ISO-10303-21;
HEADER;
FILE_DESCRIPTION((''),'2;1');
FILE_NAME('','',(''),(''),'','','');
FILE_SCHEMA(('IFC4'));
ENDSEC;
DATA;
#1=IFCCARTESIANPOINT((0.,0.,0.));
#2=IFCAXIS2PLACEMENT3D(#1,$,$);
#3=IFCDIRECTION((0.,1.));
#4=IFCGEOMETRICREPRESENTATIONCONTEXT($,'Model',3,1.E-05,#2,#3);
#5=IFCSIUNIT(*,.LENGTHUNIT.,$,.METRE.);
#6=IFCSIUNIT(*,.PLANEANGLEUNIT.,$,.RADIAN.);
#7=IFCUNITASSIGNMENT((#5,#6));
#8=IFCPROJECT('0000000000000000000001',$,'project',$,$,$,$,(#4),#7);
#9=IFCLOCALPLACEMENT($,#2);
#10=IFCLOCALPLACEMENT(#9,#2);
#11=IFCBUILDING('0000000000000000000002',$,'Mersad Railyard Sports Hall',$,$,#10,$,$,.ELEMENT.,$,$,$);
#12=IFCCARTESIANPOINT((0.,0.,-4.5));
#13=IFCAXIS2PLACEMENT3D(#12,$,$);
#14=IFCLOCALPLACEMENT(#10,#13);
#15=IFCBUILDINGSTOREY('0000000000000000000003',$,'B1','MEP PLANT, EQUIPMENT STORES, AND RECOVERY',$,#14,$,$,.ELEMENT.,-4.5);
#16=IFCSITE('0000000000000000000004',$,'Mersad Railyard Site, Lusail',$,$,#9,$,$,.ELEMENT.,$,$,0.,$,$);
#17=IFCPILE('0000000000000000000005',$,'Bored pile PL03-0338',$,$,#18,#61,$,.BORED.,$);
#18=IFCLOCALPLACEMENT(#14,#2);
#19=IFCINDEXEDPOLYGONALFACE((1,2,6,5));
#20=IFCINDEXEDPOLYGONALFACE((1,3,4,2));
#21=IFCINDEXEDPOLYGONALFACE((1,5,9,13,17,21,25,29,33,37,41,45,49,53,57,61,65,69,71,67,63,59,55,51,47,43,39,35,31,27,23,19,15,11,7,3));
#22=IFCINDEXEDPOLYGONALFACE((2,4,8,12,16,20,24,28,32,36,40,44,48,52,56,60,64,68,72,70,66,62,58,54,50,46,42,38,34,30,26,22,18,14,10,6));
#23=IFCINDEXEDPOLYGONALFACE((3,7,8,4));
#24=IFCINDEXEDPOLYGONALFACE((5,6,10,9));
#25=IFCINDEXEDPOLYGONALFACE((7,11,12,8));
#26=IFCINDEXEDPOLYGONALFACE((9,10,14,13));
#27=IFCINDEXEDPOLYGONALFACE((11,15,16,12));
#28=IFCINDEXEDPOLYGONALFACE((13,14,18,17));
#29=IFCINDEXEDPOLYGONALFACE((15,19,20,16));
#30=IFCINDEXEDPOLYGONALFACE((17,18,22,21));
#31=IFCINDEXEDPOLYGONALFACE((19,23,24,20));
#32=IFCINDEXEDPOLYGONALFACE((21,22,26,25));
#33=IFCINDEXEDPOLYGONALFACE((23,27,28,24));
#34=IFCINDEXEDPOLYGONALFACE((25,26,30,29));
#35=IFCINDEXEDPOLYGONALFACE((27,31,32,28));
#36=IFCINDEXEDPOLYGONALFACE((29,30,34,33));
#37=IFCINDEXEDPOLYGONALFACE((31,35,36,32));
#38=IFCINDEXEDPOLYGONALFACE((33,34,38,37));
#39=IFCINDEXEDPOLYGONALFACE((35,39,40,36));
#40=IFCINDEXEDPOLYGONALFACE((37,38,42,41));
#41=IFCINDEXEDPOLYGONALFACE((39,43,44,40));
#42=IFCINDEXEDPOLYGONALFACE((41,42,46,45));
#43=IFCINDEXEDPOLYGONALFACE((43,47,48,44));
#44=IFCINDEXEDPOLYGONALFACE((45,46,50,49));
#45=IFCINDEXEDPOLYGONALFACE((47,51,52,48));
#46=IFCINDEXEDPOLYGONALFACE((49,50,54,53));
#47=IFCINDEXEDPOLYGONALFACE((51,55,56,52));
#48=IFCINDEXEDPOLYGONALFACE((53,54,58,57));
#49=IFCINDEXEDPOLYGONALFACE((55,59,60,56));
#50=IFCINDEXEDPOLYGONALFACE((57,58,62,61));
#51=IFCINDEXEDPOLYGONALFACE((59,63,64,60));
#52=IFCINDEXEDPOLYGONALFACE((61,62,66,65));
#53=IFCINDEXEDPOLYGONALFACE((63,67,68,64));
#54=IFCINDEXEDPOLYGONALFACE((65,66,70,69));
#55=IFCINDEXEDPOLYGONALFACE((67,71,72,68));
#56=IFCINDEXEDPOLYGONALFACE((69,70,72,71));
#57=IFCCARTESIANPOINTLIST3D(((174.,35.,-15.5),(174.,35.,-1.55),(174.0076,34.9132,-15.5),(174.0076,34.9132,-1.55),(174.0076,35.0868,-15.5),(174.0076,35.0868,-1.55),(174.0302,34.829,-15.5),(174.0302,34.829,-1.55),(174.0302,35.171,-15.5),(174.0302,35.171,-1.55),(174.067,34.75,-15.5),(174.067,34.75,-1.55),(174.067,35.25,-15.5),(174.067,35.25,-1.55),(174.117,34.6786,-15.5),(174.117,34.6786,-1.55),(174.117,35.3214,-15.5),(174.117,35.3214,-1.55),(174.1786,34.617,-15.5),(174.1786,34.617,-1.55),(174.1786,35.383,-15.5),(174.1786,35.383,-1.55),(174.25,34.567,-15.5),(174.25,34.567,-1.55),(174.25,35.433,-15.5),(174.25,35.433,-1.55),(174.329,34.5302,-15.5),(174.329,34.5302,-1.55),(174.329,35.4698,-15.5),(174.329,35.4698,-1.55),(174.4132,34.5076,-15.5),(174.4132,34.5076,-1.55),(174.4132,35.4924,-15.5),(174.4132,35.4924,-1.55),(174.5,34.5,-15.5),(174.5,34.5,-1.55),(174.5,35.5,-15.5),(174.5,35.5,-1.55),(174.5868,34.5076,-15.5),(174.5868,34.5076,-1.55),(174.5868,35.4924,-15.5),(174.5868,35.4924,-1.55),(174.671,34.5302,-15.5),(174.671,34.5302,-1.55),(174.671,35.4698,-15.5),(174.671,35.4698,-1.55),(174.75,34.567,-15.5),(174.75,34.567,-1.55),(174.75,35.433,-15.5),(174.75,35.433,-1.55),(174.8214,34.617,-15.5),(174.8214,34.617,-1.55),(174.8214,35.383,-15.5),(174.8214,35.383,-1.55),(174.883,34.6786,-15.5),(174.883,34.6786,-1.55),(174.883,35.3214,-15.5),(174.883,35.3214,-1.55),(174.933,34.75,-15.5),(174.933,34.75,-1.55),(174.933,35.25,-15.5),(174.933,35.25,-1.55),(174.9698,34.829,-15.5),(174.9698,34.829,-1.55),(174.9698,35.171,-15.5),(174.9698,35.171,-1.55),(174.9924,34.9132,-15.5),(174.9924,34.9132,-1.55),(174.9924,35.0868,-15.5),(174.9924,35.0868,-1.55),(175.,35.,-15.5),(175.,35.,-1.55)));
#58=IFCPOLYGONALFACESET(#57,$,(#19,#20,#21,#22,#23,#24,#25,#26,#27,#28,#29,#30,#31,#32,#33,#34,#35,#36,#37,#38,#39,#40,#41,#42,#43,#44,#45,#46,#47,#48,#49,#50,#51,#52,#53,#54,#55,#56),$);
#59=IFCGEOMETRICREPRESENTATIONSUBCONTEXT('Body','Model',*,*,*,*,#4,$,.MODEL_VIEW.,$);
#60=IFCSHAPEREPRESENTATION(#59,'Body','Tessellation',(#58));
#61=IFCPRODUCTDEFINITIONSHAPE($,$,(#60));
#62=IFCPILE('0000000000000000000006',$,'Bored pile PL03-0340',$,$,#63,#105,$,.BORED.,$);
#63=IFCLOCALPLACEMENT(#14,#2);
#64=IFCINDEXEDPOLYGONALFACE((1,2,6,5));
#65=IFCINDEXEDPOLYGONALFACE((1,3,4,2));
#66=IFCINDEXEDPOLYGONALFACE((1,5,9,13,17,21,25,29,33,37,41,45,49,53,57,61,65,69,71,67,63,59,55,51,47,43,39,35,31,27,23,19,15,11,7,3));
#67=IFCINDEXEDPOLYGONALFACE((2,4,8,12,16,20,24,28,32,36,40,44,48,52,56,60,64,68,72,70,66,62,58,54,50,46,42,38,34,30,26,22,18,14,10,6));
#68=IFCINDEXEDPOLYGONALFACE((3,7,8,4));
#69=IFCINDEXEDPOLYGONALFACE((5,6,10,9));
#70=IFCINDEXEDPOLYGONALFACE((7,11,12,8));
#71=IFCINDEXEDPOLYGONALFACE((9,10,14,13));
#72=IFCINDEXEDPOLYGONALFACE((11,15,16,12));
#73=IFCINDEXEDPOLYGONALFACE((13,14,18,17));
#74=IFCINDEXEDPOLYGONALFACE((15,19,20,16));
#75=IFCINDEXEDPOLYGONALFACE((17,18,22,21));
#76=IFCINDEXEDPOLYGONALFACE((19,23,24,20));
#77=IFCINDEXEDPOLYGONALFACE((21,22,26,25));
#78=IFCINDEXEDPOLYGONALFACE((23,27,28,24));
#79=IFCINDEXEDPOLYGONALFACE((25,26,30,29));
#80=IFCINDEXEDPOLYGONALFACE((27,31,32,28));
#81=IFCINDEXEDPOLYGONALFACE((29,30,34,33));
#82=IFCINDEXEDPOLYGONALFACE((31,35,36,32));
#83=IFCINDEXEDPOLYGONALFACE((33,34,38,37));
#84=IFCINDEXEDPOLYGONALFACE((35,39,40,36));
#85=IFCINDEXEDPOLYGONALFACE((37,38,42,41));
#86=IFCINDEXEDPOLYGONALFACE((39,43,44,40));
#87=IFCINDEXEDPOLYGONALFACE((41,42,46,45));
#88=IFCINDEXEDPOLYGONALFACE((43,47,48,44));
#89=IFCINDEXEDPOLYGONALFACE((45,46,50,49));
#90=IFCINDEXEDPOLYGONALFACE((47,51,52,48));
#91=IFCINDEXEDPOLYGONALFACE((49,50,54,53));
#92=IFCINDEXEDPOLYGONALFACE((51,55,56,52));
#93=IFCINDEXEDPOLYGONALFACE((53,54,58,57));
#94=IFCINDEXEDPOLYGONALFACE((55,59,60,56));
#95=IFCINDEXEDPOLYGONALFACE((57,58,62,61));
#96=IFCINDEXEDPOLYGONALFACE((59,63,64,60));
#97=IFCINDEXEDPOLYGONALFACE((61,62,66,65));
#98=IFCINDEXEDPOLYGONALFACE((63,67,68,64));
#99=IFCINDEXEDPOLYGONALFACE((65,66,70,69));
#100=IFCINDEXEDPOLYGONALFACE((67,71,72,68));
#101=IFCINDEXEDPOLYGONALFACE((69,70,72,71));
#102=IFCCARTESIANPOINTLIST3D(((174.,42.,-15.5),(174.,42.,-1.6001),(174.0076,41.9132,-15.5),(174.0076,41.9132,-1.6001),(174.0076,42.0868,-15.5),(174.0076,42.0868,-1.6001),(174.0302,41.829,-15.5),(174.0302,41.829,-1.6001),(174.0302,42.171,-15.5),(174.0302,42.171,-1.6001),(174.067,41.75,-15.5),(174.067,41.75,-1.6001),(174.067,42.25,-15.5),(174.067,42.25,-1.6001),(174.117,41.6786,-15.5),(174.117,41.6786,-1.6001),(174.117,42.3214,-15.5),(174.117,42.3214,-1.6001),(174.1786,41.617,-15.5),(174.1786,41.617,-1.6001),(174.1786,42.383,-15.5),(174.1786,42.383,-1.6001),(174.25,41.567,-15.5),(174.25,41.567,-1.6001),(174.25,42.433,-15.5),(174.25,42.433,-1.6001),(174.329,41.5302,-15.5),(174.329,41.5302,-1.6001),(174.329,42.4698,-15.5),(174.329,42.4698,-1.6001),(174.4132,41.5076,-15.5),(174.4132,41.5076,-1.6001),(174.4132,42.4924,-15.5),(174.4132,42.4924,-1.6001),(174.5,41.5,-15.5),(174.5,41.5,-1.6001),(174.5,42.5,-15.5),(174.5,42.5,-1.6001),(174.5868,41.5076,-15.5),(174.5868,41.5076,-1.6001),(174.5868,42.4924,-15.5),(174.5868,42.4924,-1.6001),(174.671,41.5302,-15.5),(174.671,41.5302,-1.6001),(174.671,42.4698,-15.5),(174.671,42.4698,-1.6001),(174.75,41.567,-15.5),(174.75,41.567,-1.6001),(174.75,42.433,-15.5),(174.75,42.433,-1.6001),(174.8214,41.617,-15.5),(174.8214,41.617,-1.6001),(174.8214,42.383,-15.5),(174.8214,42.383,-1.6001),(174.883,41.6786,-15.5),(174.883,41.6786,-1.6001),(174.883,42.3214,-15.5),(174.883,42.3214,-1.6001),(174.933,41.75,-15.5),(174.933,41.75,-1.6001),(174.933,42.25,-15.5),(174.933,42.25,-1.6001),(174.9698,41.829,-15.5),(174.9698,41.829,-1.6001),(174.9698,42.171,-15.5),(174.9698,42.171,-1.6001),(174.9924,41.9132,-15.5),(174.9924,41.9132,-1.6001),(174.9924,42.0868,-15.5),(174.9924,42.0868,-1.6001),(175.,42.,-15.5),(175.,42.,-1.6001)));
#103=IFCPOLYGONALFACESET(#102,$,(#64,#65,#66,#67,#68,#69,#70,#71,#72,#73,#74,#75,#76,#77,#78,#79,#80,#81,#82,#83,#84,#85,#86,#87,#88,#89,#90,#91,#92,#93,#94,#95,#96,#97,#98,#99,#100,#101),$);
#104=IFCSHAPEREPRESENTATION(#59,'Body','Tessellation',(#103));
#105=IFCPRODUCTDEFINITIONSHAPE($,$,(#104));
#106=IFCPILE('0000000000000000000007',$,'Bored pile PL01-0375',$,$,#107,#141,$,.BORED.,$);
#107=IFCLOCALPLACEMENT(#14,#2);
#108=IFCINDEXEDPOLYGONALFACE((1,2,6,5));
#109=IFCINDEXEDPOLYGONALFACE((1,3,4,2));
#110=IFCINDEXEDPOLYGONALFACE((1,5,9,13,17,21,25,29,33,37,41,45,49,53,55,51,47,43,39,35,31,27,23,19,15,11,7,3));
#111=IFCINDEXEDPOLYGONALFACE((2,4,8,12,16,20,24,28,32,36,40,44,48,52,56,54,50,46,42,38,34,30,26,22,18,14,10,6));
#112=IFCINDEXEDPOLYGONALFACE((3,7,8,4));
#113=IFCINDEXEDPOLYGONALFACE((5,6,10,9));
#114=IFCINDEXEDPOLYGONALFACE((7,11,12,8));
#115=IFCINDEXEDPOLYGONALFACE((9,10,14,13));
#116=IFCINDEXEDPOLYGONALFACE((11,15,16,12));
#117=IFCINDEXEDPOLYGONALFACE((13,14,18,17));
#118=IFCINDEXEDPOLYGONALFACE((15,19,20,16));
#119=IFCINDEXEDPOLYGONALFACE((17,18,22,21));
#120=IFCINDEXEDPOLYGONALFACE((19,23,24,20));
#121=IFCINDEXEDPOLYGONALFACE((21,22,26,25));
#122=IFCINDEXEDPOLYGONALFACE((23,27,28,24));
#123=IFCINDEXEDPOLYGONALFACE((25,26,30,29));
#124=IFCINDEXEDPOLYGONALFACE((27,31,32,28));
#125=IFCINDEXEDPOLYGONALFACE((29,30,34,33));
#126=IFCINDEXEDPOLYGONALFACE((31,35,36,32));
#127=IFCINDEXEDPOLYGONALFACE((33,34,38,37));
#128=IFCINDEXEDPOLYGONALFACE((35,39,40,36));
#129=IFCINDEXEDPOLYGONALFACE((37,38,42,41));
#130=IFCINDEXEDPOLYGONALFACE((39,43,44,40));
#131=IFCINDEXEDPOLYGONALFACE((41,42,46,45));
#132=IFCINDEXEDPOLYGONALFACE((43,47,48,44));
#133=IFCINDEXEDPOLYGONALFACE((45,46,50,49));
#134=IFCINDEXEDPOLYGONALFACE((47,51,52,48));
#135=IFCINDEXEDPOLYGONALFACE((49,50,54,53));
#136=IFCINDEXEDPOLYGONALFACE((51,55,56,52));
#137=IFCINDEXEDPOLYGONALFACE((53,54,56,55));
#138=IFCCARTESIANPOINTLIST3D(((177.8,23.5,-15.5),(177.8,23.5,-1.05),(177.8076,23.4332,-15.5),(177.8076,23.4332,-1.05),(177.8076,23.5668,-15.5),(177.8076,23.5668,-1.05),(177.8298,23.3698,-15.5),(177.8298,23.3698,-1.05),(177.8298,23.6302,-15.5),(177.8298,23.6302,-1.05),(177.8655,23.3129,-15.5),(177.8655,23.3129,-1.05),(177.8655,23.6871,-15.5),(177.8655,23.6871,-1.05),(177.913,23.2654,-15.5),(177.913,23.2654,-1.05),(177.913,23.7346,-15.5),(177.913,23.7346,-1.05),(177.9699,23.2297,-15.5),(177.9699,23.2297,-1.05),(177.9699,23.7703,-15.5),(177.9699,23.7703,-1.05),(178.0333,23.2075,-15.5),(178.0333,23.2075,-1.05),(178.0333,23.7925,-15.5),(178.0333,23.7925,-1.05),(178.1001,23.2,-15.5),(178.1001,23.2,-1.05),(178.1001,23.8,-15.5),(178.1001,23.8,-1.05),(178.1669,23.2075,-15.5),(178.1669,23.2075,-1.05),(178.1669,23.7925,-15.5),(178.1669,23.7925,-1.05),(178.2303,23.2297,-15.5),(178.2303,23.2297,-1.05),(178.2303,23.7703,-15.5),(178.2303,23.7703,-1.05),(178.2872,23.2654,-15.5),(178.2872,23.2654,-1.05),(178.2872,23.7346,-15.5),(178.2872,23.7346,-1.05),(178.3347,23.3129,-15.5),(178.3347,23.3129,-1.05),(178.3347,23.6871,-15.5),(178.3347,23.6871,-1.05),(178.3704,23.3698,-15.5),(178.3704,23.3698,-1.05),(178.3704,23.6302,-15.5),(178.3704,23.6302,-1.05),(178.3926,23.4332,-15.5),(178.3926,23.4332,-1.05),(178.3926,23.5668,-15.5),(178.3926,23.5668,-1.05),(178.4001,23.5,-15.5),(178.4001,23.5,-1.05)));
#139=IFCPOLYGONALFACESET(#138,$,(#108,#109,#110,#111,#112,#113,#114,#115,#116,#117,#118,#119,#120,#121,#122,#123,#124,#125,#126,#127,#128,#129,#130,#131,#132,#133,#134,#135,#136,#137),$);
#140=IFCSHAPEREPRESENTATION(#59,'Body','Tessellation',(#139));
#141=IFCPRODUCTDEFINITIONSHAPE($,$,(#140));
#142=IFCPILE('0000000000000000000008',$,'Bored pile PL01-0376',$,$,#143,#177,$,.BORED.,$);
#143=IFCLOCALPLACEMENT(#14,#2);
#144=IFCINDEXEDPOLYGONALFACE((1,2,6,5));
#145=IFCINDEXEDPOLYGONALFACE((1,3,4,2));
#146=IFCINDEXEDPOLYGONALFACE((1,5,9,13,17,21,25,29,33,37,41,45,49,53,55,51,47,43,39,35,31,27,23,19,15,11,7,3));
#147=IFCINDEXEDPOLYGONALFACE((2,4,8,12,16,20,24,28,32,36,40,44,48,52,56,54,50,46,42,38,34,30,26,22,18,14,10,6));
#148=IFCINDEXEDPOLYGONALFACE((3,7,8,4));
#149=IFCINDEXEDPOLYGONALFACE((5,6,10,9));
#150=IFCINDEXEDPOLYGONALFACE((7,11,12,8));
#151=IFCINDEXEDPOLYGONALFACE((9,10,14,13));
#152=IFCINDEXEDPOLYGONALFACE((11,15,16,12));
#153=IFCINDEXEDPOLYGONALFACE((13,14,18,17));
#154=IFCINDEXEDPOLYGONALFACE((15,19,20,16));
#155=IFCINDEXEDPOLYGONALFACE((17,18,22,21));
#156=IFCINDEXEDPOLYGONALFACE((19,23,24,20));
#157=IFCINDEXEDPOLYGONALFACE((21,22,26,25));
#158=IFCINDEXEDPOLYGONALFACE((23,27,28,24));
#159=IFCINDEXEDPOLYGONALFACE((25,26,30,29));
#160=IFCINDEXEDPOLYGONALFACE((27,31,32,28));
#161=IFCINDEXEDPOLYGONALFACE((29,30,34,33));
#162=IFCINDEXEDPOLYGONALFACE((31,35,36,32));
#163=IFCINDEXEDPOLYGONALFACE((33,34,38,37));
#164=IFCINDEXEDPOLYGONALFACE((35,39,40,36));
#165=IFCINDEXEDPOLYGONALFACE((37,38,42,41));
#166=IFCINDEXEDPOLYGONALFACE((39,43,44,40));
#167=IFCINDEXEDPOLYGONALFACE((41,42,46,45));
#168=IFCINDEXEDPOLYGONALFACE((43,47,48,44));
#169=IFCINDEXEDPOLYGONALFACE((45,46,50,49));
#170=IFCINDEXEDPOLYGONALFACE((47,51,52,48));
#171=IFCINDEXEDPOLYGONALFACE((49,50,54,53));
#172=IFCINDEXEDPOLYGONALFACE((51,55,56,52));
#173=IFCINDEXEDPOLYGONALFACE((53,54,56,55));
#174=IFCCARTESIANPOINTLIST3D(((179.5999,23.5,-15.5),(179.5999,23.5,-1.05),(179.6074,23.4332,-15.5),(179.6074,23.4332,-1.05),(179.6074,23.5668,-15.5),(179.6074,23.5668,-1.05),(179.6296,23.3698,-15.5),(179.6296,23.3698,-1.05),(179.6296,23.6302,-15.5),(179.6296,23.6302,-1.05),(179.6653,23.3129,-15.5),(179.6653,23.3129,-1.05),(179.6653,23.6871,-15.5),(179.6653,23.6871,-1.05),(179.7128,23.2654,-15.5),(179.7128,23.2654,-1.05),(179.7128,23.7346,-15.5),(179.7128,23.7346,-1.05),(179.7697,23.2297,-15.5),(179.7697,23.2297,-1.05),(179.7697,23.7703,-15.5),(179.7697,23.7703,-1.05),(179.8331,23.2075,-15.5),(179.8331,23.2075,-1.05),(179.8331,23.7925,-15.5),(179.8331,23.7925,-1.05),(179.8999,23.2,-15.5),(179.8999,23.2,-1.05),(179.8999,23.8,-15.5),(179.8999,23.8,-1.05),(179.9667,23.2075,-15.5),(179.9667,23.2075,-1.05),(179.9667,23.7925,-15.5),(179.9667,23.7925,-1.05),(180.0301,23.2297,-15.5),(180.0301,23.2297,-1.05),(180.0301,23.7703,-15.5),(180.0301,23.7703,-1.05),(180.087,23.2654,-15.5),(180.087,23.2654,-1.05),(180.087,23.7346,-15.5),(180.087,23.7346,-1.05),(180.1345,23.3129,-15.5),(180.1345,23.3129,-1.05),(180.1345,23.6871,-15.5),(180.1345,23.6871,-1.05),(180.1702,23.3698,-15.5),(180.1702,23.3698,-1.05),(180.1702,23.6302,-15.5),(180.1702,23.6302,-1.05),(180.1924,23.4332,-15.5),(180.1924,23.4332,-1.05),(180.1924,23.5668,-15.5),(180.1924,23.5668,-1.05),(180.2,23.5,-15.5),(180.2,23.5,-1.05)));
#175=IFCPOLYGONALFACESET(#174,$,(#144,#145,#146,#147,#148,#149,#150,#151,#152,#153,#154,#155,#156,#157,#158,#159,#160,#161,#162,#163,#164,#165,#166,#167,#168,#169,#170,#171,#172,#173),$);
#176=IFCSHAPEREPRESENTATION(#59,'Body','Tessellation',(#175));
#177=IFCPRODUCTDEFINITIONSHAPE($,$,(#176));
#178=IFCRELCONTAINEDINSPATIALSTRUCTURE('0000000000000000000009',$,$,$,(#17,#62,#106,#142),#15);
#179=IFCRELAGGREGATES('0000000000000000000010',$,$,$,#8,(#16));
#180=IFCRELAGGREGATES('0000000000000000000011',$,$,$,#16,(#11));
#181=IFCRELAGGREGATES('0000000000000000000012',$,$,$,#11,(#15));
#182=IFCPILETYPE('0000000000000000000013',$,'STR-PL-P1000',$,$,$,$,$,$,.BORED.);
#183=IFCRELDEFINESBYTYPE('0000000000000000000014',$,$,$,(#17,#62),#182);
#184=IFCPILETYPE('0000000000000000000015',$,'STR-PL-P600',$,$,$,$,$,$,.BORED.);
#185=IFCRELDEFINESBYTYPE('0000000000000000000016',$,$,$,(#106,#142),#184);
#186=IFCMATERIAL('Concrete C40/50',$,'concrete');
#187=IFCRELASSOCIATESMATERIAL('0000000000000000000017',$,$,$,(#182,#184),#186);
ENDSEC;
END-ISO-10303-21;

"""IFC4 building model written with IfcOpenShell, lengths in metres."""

from ifc_helpers import new_model, si_unit, direction, frame, origin, origin_2d, place, context, subcontext, project, spatial, circle, extrude, material, material_profile, profile_set, type_object, element, save


model = new_model("IFC4")

# Units and contexts
model_context = context("Model", 3, precision=1e-05, world=origin(), true_north=direction((0.0, 1.0)))
body_context = subcontext(model_context, "Body", "Model", "MODEL_VIEW")
ifc_project = project(units=[si_unit("LENGTHUNIT", "METRE"), si_unit("PLANEANGLEUNIT", "RADIAN")], contexts=[model_context])

# Site, building, storey
site_placement = place(None, origin())
site = spatial("IfcSite", under=ifc_project, at=site_placement, Name="Mersad Railyard Site, Lusail", CompositionType="ELEMENT", RefElevation=0.0)
building_placement = place(site_placement, origin())
building = spatial("IfcBuilding", under=site, at=building_placement, Name="Mersad Railyard Sports Hall", CompositionType="ELEMENT")
storey_placement = place(building_placement, frame((0.0, 0.0, -4.5)))
storey = spatial("IfcBuildingStorey", under=building, at=storey_placement, Name="B1", Description="MEP PLANT, EQUIPMENT STORES, AND RECOVERY", CompositionType="ELEMENT", Elevation=-4.5)

# Shared definitions
ifc_material_1 = material(Name="Concrete C40/50", Category="concrete")

# Piles
ifc_material_profile_1 = material_profile(ifc_material_1, circle(Radius=0.5, at=origin_2d()), Name="BORED PILE D1000")
ifc_profile_set_1 = profile_set([ifc_material_profile_1], Name="Concrete C40/50")
pile_type_1 = type_object("IfcPileType", Name="STR-PL-P1000", PredefinedType="BORED", material=ifc_profile_set_1)
for number, where, z_axis, x_axis, name in (
    (1, (174.5, 35.0, -1.55), (0.0, 0.0, -1.0), (1.0, 0.0, 0.0), "Bored pile PL03-0338"),
):
    element("IfcPile", number, at=place(storey_placement, frame(where, z_axis=z_axis, x_axis=x_axis)), inside=storey, type_object=pile_type_1, Name=name, PredefinedType="BORED", context=body_context, shape_type="SweptSolid", body=[
        extrude(circle(Radius=0.5, at=origin_2d()), origin(), (0.0, 0.0, 1.0), 13.95),
    ])
pile_1_placement = place(storey_placement, frame((174.5, 42.0, -1.6001), z_axis=(0.0, 0.0, -1.0), x_axis=(1.0, 0.0, 0.0)))
element("IfcPile", 2, at=pile_1_placement, inside=storey, type_object=pile_type_1, Name="Bored pile PL03-0340", PredefinedType="BORED", context=body_context, shape_type="SweptSolid", body=[
    extrude(circle(Radius=0.5, at=origin_2d()), origin(), (0.0, 0.0, 1.0), 13.8999),
])
ifc_material_profile_2 = material_profile(ifc_material_1, circle(Radius=0.3, at=origin_2d()), Name="BORED PILE D600")
ifc_profile_set_2 = profile_set([ifc_material_profile_2], Name="Concrete C40/50")
pile_type_2 = type_object("IfcPileType", Name="STR-PL-P600", PredefinedType="BORED", material=ifc_profile_set_2)
for number, where, z_axis, x_axis, name in (
    (3, (178.1001, 23.5, -1.05), (0.0, 0.0, -1.0), (1.0, 0.0, 0.0), "Bored pile PL01-0375"),
    (4, (179.8999, 23.5, -1.05), (0.0, 0.0, -1.0), (1.0, 0.0, 0.0), "Bored pile PL01-0376"),
):
    element("IfcPile", number, at=place(storey_placement, frame(where, z_axis=z_axis, x_axis=x_axis)), inside=storey, type_object=pile_type_2, Name=name, PredefinedType="BORED", context=body_context, shape_type="SweptSolid", body=[
        extrude(circle(Radius=0.3, at=origin_2d()), origin(), (0.0, 0.0, 1.0), 14.45),
    ])

save(model, "model.ifc")
